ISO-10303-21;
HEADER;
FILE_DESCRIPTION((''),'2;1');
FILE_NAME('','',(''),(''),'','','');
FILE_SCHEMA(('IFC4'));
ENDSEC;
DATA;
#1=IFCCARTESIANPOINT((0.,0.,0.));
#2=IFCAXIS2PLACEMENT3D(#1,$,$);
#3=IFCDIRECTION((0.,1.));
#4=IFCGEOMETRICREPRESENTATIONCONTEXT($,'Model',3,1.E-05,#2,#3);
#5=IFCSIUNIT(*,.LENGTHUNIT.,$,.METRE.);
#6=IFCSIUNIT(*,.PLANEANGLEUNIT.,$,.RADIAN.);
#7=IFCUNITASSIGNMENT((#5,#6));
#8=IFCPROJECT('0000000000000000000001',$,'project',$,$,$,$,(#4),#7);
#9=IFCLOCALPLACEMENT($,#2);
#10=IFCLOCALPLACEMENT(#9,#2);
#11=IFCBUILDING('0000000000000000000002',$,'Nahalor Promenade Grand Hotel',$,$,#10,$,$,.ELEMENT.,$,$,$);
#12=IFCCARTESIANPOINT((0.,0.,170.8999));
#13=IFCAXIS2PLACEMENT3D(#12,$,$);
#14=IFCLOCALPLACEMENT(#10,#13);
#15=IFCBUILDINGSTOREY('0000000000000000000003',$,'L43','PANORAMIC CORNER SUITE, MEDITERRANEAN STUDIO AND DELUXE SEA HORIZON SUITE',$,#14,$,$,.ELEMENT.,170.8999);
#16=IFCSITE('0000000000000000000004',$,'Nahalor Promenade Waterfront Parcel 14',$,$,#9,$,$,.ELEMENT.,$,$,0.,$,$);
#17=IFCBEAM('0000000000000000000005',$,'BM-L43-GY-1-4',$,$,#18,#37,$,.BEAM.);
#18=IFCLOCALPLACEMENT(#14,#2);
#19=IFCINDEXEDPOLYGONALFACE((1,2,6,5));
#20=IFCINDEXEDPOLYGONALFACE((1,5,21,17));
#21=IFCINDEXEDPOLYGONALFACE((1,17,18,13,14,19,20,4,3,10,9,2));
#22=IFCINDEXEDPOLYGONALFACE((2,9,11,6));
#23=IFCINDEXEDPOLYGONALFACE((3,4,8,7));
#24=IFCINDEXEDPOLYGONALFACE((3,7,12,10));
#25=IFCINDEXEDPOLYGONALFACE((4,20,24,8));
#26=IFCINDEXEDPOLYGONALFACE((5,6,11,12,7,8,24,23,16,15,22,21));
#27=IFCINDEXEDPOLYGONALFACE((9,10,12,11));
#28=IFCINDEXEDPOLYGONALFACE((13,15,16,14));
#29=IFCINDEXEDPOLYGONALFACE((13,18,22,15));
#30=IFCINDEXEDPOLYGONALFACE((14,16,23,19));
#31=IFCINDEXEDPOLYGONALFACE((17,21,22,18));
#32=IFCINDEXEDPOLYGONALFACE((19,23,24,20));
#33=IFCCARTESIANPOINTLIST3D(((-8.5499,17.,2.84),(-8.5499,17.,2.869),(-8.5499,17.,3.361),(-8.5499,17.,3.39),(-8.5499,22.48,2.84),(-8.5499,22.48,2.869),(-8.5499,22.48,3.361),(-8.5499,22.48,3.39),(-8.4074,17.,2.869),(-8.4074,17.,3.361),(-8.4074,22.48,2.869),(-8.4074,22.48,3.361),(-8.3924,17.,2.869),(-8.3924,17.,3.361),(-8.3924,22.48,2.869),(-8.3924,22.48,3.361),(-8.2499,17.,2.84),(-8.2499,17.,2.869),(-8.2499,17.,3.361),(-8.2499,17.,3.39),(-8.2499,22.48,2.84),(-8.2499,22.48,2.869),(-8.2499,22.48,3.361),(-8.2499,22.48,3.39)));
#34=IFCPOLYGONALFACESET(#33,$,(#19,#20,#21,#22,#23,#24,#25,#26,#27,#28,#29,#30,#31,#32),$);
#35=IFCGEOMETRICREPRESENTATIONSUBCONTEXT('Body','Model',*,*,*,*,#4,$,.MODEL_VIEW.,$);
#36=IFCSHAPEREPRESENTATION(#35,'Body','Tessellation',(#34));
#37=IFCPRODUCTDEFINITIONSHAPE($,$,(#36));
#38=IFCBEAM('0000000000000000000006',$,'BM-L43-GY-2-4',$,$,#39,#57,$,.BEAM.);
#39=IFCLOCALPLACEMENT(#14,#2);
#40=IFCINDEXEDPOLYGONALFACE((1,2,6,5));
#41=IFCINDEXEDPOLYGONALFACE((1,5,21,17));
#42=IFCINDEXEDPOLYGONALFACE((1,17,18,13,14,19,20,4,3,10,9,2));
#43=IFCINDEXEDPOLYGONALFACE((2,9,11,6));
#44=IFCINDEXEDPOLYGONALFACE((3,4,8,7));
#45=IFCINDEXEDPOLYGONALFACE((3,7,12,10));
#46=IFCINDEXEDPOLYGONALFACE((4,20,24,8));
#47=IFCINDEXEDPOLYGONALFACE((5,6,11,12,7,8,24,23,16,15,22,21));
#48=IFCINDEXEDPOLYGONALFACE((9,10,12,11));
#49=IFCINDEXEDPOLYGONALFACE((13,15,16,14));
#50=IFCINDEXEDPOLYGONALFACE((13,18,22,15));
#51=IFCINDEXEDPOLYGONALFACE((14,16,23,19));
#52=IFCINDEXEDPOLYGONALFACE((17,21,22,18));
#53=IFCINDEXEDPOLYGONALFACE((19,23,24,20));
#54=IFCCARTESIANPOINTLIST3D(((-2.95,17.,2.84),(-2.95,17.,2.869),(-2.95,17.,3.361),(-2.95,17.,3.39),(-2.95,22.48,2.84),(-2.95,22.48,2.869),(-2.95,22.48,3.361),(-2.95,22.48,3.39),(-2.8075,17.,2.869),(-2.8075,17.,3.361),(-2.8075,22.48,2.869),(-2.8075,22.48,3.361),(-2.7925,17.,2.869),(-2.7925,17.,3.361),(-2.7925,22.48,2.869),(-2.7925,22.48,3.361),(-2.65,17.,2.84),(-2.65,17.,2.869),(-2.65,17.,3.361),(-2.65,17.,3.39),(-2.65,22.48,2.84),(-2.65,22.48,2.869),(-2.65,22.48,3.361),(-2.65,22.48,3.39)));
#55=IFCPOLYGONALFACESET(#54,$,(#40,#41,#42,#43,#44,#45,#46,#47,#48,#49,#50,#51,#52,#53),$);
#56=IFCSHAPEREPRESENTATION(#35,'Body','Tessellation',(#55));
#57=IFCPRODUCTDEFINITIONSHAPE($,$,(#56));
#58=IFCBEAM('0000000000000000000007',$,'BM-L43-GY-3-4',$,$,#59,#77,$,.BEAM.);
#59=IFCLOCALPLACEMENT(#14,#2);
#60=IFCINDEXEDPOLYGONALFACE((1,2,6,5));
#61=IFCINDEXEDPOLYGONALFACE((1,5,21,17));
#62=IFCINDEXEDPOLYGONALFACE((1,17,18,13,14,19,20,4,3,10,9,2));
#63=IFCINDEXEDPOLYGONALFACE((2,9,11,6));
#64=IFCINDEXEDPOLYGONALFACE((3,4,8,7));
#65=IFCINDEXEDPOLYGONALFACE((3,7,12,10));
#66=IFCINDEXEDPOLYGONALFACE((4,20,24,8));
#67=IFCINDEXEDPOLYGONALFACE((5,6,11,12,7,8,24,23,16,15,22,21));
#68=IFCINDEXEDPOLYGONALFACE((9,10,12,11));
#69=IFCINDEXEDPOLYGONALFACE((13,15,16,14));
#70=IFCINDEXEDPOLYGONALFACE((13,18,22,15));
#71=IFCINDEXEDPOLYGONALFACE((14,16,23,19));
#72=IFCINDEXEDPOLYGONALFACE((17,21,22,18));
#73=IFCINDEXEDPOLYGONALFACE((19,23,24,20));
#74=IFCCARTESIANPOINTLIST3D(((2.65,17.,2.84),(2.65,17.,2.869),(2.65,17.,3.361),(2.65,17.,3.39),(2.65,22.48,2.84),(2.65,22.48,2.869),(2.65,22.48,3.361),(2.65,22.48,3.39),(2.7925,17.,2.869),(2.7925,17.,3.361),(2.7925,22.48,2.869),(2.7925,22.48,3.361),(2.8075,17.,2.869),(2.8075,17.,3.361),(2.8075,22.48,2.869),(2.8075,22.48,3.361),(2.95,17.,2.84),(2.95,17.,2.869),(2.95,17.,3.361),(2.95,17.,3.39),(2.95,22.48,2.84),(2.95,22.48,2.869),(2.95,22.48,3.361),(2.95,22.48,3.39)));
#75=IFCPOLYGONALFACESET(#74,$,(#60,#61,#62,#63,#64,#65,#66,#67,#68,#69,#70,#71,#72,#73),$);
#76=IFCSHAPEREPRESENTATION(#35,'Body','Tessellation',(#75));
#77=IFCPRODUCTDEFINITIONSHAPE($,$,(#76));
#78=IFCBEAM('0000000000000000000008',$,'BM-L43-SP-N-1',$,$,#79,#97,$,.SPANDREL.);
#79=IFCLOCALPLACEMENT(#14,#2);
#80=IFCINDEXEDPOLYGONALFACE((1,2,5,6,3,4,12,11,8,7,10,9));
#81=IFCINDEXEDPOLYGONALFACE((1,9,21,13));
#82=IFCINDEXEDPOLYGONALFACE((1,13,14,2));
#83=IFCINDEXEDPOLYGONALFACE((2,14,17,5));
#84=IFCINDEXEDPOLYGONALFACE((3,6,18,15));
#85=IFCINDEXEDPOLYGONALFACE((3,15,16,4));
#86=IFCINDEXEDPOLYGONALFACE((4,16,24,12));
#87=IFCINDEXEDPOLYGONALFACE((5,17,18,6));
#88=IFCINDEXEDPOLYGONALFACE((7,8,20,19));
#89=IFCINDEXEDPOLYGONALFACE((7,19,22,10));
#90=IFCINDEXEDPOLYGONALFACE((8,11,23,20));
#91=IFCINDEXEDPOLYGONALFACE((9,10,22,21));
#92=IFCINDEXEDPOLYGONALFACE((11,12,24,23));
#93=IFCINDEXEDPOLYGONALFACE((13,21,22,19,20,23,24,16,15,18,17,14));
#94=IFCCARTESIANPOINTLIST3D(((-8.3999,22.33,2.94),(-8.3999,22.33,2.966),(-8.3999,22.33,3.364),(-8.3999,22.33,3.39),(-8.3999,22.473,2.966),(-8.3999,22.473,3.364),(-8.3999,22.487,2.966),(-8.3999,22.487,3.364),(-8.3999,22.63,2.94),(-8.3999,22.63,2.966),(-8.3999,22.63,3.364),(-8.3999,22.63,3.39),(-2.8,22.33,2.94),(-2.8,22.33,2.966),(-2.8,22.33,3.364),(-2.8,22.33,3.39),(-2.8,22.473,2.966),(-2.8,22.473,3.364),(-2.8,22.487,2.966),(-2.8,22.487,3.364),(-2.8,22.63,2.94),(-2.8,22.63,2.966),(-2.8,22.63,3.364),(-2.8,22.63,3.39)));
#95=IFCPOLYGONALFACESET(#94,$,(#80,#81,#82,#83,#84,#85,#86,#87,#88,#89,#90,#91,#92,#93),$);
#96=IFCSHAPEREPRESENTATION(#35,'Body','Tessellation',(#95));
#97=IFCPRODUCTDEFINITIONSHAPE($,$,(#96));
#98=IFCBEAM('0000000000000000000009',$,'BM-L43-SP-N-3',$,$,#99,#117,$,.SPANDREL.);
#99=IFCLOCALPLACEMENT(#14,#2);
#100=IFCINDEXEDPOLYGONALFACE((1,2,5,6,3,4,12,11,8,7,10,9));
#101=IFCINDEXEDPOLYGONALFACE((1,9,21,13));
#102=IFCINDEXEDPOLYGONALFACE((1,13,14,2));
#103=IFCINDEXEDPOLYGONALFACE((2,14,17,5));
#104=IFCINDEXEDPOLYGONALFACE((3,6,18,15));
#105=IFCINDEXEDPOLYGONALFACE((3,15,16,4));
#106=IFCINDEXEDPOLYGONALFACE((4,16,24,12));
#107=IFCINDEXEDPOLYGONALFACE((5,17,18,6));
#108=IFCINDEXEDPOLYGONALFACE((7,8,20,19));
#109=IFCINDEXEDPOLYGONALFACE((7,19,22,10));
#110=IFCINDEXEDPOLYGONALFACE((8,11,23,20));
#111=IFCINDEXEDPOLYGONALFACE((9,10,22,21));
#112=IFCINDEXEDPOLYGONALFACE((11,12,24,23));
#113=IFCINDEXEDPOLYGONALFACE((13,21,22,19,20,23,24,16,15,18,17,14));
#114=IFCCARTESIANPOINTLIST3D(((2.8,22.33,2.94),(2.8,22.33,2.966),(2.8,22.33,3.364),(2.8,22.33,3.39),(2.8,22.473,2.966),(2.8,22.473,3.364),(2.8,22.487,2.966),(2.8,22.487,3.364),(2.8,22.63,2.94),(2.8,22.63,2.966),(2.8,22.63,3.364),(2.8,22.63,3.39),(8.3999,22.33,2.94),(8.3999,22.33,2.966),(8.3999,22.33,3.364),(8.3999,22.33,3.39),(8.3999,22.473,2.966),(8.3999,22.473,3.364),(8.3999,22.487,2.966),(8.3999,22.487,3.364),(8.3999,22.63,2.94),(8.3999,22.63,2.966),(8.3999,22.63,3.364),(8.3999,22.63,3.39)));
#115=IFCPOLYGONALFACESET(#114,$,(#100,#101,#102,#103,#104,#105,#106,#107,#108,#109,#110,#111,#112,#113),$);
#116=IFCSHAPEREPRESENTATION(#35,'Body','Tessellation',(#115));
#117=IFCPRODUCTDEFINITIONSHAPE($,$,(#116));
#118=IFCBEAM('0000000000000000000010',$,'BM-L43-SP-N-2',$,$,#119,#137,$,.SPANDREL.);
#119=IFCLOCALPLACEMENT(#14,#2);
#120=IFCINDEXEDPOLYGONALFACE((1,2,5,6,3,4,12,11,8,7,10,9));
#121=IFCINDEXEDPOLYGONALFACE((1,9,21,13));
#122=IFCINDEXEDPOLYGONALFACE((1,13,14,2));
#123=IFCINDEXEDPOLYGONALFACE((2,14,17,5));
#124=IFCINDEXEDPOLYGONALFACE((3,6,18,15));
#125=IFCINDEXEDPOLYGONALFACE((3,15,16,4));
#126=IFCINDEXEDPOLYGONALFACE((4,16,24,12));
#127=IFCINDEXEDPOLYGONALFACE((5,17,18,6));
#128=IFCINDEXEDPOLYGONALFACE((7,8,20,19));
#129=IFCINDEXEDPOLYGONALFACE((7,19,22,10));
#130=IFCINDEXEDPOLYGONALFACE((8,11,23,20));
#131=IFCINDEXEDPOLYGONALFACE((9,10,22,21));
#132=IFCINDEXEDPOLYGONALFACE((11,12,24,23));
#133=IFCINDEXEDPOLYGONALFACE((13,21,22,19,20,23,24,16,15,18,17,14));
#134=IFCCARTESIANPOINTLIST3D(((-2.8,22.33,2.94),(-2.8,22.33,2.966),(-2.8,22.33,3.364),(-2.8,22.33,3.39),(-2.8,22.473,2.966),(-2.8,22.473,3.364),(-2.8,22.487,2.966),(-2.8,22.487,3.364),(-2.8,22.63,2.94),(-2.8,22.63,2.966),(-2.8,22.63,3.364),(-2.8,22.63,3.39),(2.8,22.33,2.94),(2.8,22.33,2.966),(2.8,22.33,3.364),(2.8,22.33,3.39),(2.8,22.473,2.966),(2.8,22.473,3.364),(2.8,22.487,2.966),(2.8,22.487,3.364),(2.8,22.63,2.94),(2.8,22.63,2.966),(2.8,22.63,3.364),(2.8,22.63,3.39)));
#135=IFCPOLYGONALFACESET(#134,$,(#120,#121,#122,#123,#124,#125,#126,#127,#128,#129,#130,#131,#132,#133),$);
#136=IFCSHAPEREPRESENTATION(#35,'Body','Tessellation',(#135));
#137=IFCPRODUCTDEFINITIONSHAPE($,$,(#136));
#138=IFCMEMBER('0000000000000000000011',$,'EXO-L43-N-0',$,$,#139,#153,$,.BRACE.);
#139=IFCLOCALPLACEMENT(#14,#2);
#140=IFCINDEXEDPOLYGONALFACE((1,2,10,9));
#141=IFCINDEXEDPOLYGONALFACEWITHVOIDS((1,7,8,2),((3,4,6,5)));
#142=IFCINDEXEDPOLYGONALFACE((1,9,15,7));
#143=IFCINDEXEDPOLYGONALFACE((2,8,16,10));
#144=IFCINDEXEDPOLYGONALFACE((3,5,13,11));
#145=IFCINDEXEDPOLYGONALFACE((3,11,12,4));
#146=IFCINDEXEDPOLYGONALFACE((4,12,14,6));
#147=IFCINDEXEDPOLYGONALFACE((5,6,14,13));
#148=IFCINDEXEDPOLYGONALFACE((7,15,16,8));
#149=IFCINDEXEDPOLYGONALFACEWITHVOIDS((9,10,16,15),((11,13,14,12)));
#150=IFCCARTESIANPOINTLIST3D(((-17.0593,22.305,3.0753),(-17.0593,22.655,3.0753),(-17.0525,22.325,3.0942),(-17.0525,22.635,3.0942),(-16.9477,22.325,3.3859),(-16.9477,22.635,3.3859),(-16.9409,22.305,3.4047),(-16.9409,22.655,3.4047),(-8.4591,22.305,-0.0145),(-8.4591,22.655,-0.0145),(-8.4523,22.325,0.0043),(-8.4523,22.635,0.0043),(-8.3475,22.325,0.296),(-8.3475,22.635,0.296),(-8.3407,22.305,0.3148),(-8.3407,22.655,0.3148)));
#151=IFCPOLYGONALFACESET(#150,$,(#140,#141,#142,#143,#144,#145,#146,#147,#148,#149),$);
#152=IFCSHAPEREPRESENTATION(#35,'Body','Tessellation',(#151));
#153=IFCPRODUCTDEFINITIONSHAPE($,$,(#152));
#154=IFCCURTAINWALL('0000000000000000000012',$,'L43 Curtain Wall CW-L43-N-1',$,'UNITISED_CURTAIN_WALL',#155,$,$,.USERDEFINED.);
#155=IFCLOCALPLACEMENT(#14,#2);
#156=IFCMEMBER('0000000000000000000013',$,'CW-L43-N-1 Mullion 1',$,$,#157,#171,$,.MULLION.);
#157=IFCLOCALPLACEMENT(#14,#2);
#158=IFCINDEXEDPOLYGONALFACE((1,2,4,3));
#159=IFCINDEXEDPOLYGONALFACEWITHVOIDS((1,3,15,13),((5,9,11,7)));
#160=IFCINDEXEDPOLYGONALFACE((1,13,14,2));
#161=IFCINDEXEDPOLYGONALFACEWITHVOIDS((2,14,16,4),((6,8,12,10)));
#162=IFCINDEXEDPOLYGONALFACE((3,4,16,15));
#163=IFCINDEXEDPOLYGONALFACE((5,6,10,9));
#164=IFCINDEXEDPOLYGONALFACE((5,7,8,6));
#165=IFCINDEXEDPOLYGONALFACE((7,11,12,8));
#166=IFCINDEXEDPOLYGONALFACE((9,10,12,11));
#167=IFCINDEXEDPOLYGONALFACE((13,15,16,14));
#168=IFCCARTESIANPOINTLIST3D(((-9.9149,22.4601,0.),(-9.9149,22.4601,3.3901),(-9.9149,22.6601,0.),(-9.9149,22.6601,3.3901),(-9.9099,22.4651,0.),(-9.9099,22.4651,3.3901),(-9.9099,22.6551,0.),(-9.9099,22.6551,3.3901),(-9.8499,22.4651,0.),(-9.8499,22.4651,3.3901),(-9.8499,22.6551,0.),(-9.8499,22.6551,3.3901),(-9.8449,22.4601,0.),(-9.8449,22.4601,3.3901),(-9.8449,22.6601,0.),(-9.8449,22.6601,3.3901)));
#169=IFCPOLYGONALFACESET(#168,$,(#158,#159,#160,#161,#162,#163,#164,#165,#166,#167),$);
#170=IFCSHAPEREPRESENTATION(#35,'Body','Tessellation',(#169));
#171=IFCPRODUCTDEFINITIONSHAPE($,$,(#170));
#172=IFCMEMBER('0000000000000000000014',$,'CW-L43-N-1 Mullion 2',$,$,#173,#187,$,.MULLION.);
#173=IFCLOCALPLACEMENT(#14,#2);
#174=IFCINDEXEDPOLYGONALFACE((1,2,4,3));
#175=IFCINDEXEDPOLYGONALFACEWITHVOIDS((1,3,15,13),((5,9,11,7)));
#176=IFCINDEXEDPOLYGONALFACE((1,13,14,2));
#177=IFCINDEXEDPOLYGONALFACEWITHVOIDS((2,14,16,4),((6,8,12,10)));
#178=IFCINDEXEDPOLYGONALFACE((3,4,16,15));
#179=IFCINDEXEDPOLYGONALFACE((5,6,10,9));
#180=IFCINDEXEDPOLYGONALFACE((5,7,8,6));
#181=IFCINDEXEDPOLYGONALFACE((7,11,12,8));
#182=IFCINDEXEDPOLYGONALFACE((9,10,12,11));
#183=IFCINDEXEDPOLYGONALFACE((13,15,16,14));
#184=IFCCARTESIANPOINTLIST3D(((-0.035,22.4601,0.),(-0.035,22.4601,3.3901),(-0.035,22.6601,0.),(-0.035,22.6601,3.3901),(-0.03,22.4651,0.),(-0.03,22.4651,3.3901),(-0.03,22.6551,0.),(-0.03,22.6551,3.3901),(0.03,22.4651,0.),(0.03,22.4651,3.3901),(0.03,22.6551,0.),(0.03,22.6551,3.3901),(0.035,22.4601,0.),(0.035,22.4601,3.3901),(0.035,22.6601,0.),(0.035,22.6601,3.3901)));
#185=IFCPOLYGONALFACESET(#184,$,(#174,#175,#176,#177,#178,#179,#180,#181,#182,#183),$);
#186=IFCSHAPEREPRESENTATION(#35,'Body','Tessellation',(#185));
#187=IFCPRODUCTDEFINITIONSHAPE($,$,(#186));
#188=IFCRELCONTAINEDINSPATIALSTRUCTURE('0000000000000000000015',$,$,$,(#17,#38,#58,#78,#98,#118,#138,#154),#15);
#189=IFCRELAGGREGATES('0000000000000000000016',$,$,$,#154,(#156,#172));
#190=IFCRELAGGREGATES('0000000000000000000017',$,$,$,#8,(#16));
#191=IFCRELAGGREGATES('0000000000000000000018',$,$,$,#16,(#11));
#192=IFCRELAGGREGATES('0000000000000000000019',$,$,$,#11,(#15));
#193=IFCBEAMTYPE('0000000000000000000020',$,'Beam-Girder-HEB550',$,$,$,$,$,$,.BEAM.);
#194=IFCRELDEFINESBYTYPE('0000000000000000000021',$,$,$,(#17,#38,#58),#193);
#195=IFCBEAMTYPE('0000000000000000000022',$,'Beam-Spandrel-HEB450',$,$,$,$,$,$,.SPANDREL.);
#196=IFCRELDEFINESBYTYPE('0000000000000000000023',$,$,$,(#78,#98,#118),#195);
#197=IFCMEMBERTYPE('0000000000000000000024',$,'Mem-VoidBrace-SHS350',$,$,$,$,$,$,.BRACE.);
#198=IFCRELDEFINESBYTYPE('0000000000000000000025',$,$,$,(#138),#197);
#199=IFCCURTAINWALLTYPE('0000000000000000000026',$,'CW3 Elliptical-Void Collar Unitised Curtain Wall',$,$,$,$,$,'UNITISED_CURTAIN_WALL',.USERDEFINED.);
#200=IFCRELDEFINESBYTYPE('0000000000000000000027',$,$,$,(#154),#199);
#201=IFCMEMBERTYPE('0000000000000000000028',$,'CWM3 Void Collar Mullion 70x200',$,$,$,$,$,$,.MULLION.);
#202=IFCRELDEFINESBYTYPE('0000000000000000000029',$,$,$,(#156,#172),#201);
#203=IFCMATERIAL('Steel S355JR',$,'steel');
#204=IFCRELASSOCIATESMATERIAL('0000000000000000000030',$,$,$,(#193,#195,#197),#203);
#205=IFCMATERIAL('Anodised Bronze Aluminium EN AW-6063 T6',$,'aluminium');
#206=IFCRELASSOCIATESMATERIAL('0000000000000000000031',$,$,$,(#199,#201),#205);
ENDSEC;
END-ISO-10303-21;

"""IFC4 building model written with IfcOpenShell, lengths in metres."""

from ifc_helpers import new_model, si_unit, direction, frame, origin, origin_2d, place, context, subcontext, project, spatial, hollow_rectangle, i_section, extrude, source, transform, mapped, material, material_profile, profile_set, type_object, element, aggregate, save


model = new_model("IFC4")

# Units and contexts
model_context = context("Model", 3, precision=1e-05, world=origin(), true_north=direction((0.0, 1.0)))
body_context = subcontext(model_context, "Body", "Model", "MODEL_VIEW")
ifc_project = project(units=[si_unit("LENGTHUNIT", "METRE"), si_unit("PLANEANGLEUNIT", "RADIAN")], contexts=[model_context])

# Site, building, storey
site_placement = place(None, origin())
site = spatial("IfcSite", under=ifc_project, at=site_placement, Name="Nahalor Promenade Waterfront Parcel 14", CompositionType="ELEMENT", RefElevation=0.0)
building_placement = place(site_placement, origin())
building = spatial("IfcBuilding", under=site, at=building_placement, Name="Nahalor Promenade Grand Hotel", CompositionType="ELEMENT")
storey_placement = place(building_placement, frame((0.0, 0.0, 170.8999)))
storey = spatial("IfcBuildingStorey", under=building, at=storey_placement, Name="L43", Description="PANORAMIC CORNER SUITE, MEDITERRANEAN STUDIO AND DELUXE SEA HORIZON SUITE", CompositionType="ELEMENT", Elevation=170.8999)

# Beams
ifc_material_1 = material(Name="Steel S355JR", Category="steel")
ifc_material_profile_1 = material_profile(ifc_material_1, i_section(OverallWidth=0.3, OverallDepth=0.55, WebThickness=0.015, FlangeThickness=0.029, at=origin_2d()), Name="HEB 550")
ifc_profile_set_1 = profile_set([ifc_material_profile_1], Name="Steel S355JR")
beam_type_1 = type_object("IfcBeamType", Name="Beam-Girder-HEB550", PredefinedType="BEAM", material=ifc_profile_set_1)
shared_shape_1 = source(origin(), body_context, "Body", "SweptSolid", [
    extrude(i_section(OverallWidth=0.3, OverallDepth=0.55, WebThickness=0.015, FlangeThickness=0.029, at=origin_2d()), origin(), (0.0, 0.0, 1.0), 5.48),
])
for number, where, z_axis, x_axis, name in (
    (1, (-8.3999, 17.0, 3.115), (0.0, 1.0, 0.0), (-1.0, 0.0, 0.0), "BM-L43-GY-1-4"),
    (2, (-2.8, 17.0, 3.115), (0.0, 1.0, 0.0), (-1.0, 0.0, 0.0), "BM-L43-GY-2-4"),
    (3, (2.8, 17.0, 3.115), (0.0, 1.0, 0.0), (-1.0, 0.0, 0.0), "BM-L43-GY-3-4"),
):
    element("IfcBeam", number, at=place(storey_placement, frame(where, z_axis=z_axis, x_axis=x_axis)), inside=storey, type_object=beam_type_1, Name=name, PredefinedType="BEAM", context=body_context, shape_type="MappedRepresentation", body=[
        mapped(shared_shape_1, transform((0.0, 0.0, 0.0), scale=1.0)),
    ])
ifc_material_profile_2 = material_profile(ifc_material_1, i_section(OverallWidth=0.3, OverallDepth=0.45, WebThickness=0.014, FlangeThickness=0.026, at=origin_2d()), Name="HEB 450")
ifc_profile_set_2 = profile_set([ifc_material_profile_2], Name="Steel S355JR")
beam_type_2 = type_object("IfcBeamType", Name="Beam-Spandrel-HEB450", PredefinedType="SPANDREL", material=ifc_profile_set_2)
shared_shape_2 = source(origin(), body_context, "Body", "SweptSolid", [
    extrude(i_section(OverallWidth=0.3, OverallDepth=0.45, WebThickness=0.014, FlangeThickness=0.026, at=origin_2d()), origin(), (0.0, 0.0, 1.0), 5.5999),
])
for number, where, z_axis, x_axis, name in (
    (4, (-8.3999, 22.48, 3.165), (1.0, 0.0, 0.0), (0.0, 1.0, 0.0), "BM-L43-SP-N-1"),
    (5, (2.8, 22.48, 3.165), (1.0, 0.0, 0.0), (0.0, 1.0, 0.0), "BM-L43-SP-N-3"),
):
    element("IfcBeam", number, at=place(storey_placement, frame(where, z_axis=z_axis, x_axis=x_axis)), inside=storey, type_object=beam_type_2, Name=name, PredefinedType="SPANDREL", context=body_context, shape_type="MappedRepresentation", body=[
        mapped(shared_shape_2, transform((0.0, 0.0, 0.0), scale=1.0)),
    ])
shared_shape_3 = source(origin(), body_context, "Body", "SweptSolid", [
    extrude(i_section(OverallWidth=0.3, OverallDepth=0.45, WebThickness=0.014, FlangeThickness=0.026, at=origin_2d()), origin(), (0.0, 0.0, 1.0), 5.6001),
])
beam_1_placement = place(storey_placement, frame((-2.8, 22.48, 3.165), z_axis=(1.0, 0.0, 0.0), x_axis=(0.0, 1.0, 0.0)))
element("IfcBeam", 6, at=beam_1_placement, inside=storey, type_object=beam_type_2, Name="BM-L43-SP-N-2", PredefinedType="SPANDREL", context=body_context, shape_type="MappedRepresentation", body=[
    mapped(shared_shape_3, transform((0.0, 0.0, 0.0), scale=1.0)),
])

# Member
ifc_material_profile_3 = material_profile(ifc_material_1, hollow_rectangle(XDim=0.35, YDim=0.35, WallThickness=0.02, at=origin_2d()), Name="SHS 350x350x20")
ifc_profile_set_3 = profile_set([ifc_material_profile_3], Name="Steel S355JR")
member_type_1 = type_object("IfcMemberType", Name="Mem-VoidBrace-SHS350", PredefinedType="BRACE", material=ifc_profile_set_3)
shared_shape_4 = source(origin(), body_context, "Body", "SweptSolid", [
    extrude(hollow_rectangle(XDim=0.35, YDim=0.35, WallThickness=0.02, at=origin_2d()), origin(), (0.0, 0.0, 1.0), 9.1384),
])
member_1_placement = place(storey_placement, frame((-8.3999, 22.48, 0.1501), z_axis=(-0.941103, 0.0, 0.33812), x_axis=(0.0, -1.0, 0.0)))
element("IfcMember", 7, at=member_1_placement, inside=storey, type_object=member_type_1, Name="EXO-L43-N-0", PredefinedType="BRACE", context=body_context, shape_type="MappedRepresentation", body=[
    mapped(shared_shape_4, transform((0.0, 0.0, 0.0), scale=1.0)),
])

# Curtain wall, members
ifc_material_2 = material(Name="Anodised Bronze Aluminium EN AW-6063 T6", Category="aluminium")
curtain_wall_type = type_object("IfcCurtainWallType", Name="CW3 Elliptical-Void Collar Unitised Curtain Wall", ElementType="UNITISED_CURTAIN_WALL", PredefinedType="USERDEFINED", material=ifc_material_2)
curtain_wall_placement = place(storey_placement, origin())
curtain_wall = element("IfcCurtainWall", 8, at=curtain_wall_placement, inside=storey, type_object=curtain_wall_type, Name="L43 Curtain Wall CW-L43-N-1", ObjectType="UNITISED_CURTAIN_WALL", PredefinedType="USERDEFINED")
ifc_material_profile_4 = material_profile(ifc_material_2, hollow_rectangle(XDim=0.07, YDim=0.2, WallThickness=0.005, at=origin_2d()), Name="CWM 70x200x5")
ifc_profile_set_4 = profile_set([ifc_material_profile_4], Name="Anodised Bronze Aluminium EN AW-6063 T6")
member_type_2 = type_object("IfcMemberType", Name="CWM3 Void Collar Mullion 70x200", PredefinedType="MULLION", material=ifc_profile_set_4)
shared_shape_5 = source(origin(), body_context, "Body", "SweptSolid", [
    extrude(hollow_rectangle(XDim=0.07, YDim=0.2, WallThickness=0.005, at=origin_2d()), origin(), (0.0, 0.0, 1.0), 3.3901),
])
member_2_placement = place(storey_placement, frame((-9.8799, 22.5601, 0.0), z_axis=(0.0, 0.0, 1.0), x_axis=(1.0, 0.0, 0.0)))
member_2 = element("IfcMember", 9, at=member_2_placement, type_object=member_type_2, Name="CW-L43-N-1 Mullion 1", PredefinedType="MULLION", context=body_context, shape_type="MappedRepresentation", body=[
    mapped(shared_shape_5, transform((0.0, 0.0, 0.0), scale=1.0)),
])
member_3_placement = place(storey_placement, frame((0.0, 22.5601, 0.0), z_axis=(0.0, 0.0, 1.0), x_axis=(1.0, 0.0, 0.0)))
member_3 = element("IfcMember", 10, at=member_3_placement, type_object=member_type_2, Name="CW-L43-N-1 Mullion 2", PredefinedType="MULLION", context=body_context, shape_type="MappedRepresentation", body=[
    mapped(shared_shape_5, transform((0.0, 0.0, 0.0), scale=1.0)),
])
aggregate(curtain_wall, [member_2, member_3])

save(model, "model.ifc")
